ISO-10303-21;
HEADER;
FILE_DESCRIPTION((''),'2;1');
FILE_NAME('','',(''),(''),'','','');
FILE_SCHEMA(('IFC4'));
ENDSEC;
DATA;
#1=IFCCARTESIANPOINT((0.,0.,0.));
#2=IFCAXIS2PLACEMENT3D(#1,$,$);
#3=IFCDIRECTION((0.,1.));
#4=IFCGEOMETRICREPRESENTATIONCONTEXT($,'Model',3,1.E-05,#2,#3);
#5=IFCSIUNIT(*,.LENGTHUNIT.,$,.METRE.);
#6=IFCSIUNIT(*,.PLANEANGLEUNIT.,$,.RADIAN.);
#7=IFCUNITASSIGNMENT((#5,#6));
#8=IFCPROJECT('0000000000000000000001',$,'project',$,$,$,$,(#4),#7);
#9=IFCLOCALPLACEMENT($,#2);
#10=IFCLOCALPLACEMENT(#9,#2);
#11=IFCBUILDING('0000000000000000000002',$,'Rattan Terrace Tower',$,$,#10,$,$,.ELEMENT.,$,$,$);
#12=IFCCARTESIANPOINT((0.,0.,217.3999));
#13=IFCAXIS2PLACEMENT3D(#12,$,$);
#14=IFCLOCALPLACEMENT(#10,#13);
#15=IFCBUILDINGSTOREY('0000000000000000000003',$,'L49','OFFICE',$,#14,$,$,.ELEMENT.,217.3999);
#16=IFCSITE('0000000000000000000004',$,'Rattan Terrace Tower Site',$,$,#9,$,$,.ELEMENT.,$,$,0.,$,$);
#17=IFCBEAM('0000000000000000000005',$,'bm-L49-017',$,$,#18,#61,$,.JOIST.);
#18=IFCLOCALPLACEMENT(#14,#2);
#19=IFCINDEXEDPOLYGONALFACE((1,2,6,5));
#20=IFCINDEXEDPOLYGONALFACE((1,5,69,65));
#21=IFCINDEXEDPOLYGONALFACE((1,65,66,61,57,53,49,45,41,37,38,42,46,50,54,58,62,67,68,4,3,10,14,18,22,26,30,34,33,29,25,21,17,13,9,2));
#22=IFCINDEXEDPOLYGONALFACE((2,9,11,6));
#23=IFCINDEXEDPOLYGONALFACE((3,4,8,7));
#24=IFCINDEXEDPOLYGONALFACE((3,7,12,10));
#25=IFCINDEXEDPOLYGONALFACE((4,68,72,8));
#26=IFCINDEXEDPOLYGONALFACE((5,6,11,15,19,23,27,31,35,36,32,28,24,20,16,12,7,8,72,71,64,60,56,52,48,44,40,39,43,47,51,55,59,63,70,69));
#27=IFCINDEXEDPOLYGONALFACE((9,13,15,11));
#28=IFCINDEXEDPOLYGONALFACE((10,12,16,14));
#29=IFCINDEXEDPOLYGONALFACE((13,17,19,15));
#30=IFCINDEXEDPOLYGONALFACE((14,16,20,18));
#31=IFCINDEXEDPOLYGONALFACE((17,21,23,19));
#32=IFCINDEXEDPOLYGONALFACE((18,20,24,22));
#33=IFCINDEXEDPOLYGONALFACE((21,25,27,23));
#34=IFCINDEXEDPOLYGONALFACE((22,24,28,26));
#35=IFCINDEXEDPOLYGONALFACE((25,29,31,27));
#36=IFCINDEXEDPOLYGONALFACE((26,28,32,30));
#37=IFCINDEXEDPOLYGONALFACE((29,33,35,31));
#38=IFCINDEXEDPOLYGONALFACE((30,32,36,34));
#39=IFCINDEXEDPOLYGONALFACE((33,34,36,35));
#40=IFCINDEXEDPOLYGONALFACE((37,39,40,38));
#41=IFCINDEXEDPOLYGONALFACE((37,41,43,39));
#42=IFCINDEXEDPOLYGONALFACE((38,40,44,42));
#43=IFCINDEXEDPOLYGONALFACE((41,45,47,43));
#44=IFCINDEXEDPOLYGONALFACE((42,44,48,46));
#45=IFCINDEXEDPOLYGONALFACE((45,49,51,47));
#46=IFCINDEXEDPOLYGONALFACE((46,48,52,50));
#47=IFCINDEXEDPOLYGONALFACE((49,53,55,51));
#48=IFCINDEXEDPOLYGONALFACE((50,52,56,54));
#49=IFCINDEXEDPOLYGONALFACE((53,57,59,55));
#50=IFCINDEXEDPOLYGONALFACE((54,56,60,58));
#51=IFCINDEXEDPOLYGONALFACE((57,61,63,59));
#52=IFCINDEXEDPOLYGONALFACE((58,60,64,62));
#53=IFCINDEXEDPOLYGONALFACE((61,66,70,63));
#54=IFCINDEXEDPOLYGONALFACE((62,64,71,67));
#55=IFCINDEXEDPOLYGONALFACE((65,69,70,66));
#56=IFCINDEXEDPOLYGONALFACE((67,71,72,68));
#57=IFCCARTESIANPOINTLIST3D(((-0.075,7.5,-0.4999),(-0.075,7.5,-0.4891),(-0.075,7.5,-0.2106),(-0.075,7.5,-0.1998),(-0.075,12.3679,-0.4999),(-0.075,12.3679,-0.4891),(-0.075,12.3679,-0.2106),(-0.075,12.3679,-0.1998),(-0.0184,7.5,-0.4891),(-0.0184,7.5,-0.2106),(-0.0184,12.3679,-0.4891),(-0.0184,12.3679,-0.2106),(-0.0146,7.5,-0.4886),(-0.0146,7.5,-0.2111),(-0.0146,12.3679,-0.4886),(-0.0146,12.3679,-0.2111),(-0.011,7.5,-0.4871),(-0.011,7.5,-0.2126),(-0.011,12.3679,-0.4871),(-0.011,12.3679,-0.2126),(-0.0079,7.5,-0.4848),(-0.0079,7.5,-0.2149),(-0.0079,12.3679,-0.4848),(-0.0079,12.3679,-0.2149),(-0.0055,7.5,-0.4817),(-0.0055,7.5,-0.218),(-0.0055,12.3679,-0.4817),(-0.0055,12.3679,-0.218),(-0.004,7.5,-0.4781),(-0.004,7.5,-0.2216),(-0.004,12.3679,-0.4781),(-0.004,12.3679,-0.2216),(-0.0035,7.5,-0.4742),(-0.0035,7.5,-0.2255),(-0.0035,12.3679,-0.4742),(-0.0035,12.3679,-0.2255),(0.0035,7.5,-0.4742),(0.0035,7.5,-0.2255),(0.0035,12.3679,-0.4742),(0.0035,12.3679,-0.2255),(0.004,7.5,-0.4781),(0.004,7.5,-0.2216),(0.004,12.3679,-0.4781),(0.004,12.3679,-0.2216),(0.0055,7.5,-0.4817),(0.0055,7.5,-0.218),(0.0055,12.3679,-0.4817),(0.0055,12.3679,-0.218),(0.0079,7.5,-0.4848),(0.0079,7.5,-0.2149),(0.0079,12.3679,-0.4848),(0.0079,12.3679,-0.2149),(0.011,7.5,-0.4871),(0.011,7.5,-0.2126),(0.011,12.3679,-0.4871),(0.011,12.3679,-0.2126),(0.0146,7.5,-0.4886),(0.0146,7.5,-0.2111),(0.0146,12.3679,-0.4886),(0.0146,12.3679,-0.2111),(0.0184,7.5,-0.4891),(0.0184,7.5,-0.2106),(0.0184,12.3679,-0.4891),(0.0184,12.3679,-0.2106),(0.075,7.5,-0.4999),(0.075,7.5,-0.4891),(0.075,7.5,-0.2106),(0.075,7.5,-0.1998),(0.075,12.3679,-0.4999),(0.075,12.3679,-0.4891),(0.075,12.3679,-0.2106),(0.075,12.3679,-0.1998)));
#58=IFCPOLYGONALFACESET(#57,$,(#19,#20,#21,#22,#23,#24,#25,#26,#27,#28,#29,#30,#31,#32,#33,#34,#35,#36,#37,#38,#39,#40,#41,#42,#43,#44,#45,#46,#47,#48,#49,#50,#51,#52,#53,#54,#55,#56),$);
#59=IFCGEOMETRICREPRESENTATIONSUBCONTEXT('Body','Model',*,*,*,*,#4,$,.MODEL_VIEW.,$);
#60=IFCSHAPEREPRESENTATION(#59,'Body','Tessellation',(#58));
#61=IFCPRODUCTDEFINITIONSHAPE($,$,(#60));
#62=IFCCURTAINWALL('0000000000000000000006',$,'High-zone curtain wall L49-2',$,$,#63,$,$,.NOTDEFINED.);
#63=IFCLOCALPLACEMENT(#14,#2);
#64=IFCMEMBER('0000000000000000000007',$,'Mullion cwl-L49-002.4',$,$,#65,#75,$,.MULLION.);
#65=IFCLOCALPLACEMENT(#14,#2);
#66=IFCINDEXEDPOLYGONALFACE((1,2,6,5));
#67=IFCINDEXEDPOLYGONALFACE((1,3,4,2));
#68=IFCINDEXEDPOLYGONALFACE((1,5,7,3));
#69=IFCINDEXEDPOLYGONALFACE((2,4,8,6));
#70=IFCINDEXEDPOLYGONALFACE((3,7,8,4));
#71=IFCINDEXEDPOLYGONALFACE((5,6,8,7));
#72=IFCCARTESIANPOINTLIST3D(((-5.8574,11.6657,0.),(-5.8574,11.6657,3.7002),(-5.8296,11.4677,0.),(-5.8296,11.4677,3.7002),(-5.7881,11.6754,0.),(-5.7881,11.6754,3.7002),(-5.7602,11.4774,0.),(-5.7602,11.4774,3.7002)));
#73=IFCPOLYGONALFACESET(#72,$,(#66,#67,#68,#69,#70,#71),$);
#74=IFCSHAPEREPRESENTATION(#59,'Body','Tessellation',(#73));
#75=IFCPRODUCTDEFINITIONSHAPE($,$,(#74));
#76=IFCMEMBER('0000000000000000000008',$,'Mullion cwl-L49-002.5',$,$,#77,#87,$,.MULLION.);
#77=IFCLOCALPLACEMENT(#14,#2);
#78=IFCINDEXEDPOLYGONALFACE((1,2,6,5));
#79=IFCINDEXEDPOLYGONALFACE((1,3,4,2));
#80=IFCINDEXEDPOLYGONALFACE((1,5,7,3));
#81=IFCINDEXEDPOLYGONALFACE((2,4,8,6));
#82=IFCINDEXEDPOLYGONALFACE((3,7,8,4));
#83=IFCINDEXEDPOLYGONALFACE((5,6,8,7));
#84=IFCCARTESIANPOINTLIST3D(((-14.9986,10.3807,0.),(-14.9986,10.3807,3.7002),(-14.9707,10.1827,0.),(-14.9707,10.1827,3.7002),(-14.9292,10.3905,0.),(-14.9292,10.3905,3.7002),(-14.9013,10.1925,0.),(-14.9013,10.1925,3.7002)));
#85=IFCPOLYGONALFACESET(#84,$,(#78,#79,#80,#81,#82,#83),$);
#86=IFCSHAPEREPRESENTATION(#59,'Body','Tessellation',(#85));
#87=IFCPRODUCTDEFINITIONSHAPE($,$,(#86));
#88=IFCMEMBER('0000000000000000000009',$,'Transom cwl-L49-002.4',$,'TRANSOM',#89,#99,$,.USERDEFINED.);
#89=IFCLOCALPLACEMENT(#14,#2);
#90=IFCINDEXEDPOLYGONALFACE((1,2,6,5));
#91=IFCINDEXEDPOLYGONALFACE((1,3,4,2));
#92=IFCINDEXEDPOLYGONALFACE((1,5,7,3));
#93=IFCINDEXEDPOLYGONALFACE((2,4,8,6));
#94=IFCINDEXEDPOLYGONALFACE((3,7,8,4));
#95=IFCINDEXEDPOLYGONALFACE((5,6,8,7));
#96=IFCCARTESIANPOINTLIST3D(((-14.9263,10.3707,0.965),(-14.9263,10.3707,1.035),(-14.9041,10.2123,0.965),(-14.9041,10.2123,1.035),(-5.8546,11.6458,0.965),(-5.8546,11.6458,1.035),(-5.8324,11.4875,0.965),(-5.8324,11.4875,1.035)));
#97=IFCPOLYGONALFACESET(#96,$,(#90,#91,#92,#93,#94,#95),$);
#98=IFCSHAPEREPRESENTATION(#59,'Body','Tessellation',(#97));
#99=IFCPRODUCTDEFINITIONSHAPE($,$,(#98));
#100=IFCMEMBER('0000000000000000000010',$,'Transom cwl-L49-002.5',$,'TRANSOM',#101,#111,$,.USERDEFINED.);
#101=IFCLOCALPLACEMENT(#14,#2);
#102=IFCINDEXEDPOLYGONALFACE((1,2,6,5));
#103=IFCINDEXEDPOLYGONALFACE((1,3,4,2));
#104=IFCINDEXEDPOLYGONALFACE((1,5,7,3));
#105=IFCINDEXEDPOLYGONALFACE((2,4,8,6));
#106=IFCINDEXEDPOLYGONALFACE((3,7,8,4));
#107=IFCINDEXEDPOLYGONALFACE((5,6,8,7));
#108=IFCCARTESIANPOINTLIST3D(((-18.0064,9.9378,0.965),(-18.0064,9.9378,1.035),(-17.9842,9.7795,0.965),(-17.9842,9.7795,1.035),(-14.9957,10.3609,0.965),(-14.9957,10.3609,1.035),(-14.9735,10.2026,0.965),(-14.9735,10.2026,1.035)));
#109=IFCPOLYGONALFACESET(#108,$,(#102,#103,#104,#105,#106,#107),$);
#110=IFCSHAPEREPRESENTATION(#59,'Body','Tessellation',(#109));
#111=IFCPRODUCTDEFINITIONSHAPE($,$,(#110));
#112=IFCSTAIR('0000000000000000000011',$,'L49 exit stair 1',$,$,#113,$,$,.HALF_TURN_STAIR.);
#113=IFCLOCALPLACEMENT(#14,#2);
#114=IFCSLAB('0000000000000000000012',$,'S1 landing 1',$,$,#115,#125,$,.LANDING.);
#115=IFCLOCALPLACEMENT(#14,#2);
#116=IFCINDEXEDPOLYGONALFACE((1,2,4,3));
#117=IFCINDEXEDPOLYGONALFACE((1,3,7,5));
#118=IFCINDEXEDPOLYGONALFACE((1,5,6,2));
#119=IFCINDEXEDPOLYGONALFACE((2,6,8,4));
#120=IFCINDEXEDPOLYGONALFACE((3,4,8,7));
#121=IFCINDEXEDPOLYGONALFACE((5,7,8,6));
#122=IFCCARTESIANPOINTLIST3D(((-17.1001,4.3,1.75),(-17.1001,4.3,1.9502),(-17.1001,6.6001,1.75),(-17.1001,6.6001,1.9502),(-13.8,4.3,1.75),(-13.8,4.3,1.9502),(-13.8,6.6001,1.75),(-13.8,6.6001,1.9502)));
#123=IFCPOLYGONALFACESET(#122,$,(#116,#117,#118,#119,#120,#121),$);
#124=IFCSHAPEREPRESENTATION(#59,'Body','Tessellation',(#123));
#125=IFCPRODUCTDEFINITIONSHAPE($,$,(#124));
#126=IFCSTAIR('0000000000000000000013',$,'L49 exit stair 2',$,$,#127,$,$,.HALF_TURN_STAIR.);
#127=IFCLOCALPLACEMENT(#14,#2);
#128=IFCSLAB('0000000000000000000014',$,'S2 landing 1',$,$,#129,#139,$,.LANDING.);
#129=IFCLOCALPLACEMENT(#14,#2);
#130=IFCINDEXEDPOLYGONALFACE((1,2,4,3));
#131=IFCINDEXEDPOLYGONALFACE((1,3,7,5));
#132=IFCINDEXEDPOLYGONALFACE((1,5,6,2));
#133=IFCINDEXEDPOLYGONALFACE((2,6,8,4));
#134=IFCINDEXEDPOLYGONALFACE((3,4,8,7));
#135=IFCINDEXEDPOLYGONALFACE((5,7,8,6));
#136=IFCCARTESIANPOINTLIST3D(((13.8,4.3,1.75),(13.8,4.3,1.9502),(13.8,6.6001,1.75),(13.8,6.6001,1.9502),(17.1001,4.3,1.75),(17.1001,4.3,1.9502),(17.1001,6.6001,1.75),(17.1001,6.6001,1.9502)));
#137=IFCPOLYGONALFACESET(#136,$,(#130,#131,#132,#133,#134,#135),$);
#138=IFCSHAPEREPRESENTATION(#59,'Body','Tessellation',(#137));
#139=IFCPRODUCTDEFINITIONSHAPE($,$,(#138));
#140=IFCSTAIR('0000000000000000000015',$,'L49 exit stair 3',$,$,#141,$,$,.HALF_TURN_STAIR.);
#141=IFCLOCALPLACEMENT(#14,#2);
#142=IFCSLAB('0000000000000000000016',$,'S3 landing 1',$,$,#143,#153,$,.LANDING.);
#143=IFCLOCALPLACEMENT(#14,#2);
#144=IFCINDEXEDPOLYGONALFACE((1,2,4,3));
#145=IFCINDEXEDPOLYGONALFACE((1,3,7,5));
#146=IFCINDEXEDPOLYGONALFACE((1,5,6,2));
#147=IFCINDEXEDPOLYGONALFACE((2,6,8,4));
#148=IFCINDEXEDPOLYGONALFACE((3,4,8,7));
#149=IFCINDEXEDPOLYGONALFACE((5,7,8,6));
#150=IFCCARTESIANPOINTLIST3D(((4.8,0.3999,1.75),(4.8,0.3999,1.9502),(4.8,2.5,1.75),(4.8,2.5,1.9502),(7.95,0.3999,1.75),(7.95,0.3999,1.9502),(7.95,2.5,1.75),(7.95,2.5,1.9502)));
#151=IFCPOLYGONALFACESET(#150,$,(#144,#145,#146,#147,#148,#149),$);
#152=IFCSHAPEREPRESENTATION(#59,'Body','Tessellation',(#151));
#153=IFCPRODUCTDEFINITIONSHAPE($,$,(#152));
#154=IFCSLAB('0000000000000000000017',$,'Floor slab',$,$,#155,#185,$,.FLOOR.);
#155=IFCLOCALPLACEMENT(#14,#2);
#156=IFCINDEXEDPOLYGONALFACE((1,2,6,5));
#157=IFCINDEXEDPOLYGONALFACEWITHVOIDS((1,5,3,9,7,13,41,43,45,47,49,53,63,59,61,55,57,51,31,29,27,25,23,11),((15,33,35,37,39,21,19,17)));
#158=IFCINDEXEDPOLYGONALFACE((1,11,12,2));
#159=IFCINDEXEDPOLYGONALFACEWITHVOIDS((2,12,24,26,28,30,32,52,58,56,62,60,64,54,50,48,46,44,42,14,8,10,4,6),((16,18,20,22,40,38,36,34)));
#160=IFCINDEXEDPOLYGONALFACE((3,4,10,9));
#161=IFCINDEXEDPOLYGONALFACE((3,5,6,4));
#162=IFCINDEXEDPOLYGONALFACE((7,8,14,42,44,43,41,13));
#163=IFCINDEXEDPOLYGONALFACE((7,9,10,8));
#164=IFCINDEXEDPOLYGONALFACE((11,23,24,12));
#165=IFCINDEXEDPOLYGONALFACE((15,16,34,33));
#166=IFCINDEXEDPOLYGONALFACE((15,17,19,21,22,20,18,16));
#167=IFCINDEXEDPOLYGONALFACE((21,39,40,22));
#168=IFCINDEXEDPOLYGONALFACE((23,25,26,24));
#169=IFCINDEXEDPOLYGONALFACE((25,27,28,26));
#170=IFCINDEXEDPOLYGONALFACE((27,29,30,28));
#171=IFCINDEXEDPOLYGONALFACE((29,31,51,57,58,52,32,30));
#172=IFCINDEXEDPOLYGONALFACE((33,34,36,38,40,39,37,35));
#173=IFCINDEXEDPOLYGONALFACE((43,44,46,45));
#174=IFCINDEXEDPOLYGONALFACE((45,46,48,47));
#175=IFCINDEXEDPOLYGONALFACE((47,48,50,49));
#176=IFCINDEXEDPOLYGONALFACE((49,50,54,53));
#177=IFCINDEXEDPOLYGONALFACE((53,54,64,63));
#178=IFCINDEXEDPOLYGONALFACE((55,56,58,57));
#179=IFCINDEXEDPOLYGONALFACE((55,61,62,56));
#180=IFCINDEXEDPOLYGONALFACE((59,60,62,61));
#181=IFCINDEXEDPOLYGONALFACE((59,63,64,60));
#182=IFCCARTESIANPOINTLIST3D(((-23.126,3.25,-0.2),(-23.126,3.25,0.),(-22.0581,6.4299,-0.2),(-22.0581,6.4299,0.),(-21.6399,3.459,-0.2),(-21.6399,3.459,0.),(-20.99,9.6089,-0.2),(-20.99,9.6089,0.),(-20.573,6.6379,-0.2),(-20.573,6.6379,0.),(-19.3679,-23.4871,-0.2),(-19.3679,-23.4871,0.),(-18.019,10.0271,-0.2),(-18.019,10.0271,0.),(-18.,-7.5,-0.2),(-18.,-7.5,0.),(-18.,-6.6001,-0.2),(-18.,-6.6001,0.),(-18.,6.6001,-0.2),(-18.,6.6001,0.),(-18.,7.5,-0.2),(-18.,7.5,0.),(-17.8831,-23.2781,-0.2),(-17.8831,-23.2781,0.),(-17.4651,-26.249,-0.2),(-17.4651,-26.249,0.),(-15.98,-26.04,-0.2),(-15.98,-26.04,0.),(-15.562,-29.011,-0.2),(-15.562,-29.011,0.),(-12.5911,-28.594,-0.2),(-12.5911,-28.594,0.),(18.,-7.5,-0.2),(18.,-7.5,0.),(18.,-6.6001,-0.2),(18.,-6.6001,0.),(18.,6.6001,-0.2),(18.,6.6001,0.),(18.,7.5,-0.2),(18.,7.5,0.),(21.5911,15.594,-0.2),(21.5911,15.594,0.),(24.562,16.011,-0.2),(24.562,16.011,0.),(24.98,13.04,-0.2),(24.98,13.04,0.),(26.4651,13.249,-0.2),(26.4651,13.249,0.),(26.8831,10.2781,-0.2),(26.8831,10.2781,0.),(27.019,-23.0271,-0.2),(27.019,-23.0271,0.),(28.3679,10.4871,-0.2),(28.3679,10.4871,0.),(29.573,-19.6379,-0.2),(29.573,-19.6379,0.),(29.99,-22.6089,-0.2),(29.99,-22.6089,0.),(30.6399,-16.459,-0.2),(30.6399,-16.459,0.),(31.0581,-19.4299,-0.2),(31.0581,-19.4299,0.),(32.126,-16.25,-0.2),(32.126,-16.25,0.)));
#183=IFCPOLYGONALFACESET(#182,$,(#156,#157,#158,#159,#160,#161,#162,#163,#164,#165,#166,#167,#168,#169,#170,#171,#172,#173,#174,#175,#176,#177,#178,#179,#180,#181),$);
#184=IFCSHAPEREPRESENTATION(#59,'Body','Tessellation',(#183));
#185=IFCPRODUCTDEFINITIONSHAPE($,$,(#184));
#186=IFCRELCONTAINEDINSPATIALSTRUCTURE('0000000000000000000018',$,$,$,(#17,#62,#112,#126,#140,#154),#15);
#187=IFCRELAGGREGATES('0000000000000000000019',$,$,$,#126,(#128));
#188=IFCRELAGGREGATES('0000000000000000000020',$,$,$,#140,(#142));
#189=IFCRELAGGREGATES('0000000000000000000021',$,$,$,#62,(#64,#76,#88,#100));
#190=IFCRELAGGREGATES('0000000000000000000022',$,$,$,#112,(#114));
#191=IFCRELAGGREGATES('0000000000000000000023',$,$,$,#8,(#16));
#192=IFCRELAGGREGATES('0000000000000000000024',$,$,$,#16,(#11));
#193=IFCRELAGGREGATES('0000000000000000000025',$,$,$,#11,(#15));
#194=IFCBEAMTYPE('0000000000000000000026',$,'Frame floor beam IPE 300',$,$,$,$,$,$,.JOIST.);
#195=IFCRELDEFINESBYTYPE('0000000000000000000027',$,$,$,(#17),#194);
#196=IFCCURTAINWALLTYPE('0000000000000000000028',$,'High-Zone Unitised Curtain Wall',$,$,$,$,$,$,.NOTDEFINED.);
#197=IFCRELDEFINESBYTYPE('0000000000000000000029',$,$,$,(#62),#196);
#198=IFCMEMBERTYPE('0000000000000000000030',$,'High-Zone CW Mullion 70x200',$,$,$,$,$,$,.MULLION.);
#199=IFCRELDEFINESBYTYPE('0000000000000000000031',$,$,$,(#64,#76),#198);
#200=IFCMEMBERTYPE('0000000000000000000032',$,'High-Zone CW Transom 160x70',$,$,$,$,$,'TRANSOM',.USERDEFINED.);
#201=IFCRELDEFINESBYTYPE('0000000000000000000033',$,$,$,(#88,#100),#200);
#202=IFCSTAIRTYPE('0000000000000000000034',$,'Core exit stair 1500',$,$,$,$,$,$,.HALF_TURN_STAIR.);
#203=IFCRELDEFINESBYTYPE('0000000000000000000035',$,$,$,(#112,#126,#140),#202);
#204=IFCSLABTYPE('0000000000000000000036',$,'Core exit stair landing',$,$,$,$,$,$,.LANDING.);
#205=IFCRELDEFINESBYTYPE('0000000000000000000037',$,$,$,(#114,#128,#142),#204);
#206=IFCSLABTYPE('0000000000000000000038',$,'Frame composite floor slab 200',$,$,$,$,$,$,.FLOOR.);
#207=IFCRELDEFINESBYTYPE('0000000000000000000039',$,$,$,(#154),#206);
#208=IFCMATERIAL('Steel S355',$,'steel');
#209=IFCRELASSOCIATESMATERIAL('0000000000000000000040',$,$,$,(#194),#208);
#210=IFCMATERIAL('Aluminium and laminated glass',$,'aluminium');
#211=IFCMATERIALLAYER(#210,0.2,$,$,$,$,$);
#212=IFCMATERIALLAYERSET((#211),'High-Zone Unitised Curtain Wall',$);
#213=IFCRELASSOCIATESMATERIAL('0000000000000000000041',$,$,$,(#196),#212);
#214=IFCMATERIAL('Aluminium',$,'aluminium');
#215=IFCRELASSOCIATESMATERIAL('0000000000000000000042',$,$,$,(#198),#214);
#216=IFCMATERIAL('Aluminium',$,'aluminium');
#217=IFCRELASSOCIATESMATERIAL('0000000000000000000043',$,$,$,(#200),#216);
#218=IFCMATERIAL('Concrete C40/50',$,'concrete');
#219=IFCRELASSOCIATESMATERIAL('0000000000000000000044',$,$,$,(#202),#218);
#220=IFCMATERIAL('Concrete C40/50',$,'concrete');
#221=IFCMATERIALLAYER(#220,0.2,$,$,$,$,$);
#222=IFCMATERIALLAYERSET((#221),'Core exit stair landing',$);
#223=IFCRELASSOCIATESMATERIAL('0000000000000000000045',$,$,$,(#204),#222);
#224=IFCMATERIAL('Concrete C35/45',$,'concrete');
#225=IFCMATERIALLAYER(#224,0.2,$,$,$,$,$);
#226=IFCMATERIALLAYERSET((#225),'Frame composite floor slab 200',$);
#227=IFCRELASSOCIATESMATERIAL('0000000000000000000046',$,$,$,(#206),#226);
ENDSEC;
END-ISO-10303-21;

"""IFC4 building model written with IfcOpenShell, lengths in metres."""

from ifc_helpers import new_model, si_unit, direction, frame, origin, origin_2d, place, context, subcontext, project, spatial, polyline, rectangle, i_section, outline, extrude, material, layer, layer_set, material_profile, profile_set, type_object, element, aggregate, save


model = new_model("IFC4")

# Units and contexts
model_context = context("Model", 3, precision=1e-05, world=origin(), true_north=direction((0.0, 1.0)))
body_context = subcontext(model_context, "Body", "Model", "MODEL_VIEW")
ifc_project = project(units=[si_unit("LENGTHUNIT", "METRE"), si_unit("PLANEANGLEUNIT", "RADIAN")], contexts=[model_context])

# Site, building, storey
site_placement = place(None, origin())
site = spatial("IfcSite", under=ifc_project, at=site_placement, Name="Rattan Terrace Tower Site", CompositionType="ELEMENT", RefElevation=0.0)
building_placement = place(site_placement, origin())
building = spatial("IfcBuilding", under=site, at=building_placement, Name="Rattan Terrace Tower", CompositionType="ELEMENT")
storey_placement = place(building_placement, frame((0.0, 0.0, 217.3999)))
storey = spatial("IfcBuildingStorey", under=building, at=storey_placement, Name="L49", Description="OFFICE", CompositionType="ELEMENT", Elevation=217.3999)

# Beam
ifc_material_1 = material(Name="Steel S355", Category="steel")
ifc_material_profile_1 = material_profile(ifc_material_1, i_section(OverallWidth=0.1499, OverallDepth=0.3, WebThickness=0.0071, FlangeThickness=0.0107, FilletRadius=0.0149, at=origin_2d()), Name="IPE 300")
ifc_profile_set_1 = profile_set([ifc_material_profile_1], Name="Steel S355")
beam_type = type_object("IfcBeamType", Name="Frame floor beam IPE 300", PredefinedType="JOIST", material=ifc_profile_set_1)
beam_1_placement = place(storey_placement, frame((0.0, 7.5, -0.3499), z_axis=(0.0, 1.0, 0.0), x_axis=(-1.0, 0.0, 0.0)))
element("IfcBeam", 1, at=beam_1_placement, inside=storey, type_object=beam_type, Name="bm-L49-017", PredefinedType="JOIST", context=body_context, shape_type="SweptSolid", body=[
    extrude(i_section(OverallWidth=0.1499, OverallDepth=0.3, WebThickness=0.0071, FlangeThickness=0.0107, FilletRadius=0.0149, at=origin_2d()), origin(), (0.0, 0.0, 1.0), 4.8679),
])

# Curtain wall, members
ifc_material_2 = material(Name="Aluminium and laminated glass", Category="aluminium")
ifc_layer_1 = layer(ifc_material_2, 0.2)
ifc_layer_set_1 = layer_set([ifc_layer_1], Name="High-Zone Unitised Curtain Wall")
curtain_wall_type = type_object("IfcCurtainWallType", Name="High-Zone Unitised Curtain Wall", PredefinedType="NOTDEFINED", material=ifc_layer_set_1)
curtain_wall_placement = place(storey_placement, origin())
curtain_wall = element("IfcCurtainWall", 2, at=curtain_wall_placement, inside=storey, type_object=curtain_wall_type, Name="High-zone curtain wall L49-2", PredefinedType="NOTDEFINED")
ifc_material_3 = material(Name="Aluminium", Category="aluminium")
ifc_material_profile_2 = material_profile(ifc_material_3, rectangle(XDim=0.0701, YDim=0.2, at=origin_2d()), Name="Aluminium 70x200")
ifc_profile_set_2 = profile_set([ifc_material_profile_2], Name="Aluminium")
member_type_1 = type_object("IfcMemberType", Name="High-Zone CW Mullion 70x200", PredefinedType="MULLION", material=ifc_profile_set_2)
member_1_placement = place(storey_placement, frame((-5.8088, 11.5715, 0.0), z_axis=(0.0, 0.0, 1.0), x_axis=(-0.990267, -0.139177, 0.0)))
member_1 = element("IfcMember", 3, at=member_1_placement, type_object=member_type_1, Name="Mullion cwl-L49-002.4", PredefinedType="MULLION", context=body_context, shape_type="SweptSolid", body=[
    extrude(rectangle(XDim=0.0701, YDim=0.2, at=origin_2d()), origin(), (0.0, 0.0, 1.0), 3.7002),
])
member_2_placement = place(storey_placement, frame((-14.95, 10.2866, 0.0), z_axis=(0.0, 0.0, 1.0), x_axis=(-0.990267, -0.139177, 0.0)))
member_2 = element("IfcMember", 4, at=member_2_placement, type_object=member_type_1, Name="Mullion cwl-L49-002.5", PredefinedType="MULLION", context=body_context, shape_type="SweptSolid", body=[
    extrude(rectangle(XDim=0.0701, YDim=0.2, at=origin_2d()), origin(), (0.0, 0.0, 1.0), 3.7002),
])
ifc_material_4 = material(Name="Aluminium", Category="aluminium")
ifc_material_profile_3 = material_profile(ifc_material_4, rectangle(XDim=0.1599, YDim=0.0701, at=origin_2d()), Name="Aluminium 160x70")
ifc_profile_set_3 = profile_set([ifc_material_profile_3], Name="Aluminium")
member_type_2 = type_object("IfcMemberType", Name="High-Zone CW Transom 160x70", ElementType="TRANSOM", PredefinedType="USERDEFINED", material=ifc_profile_set_3)
member_3_placement = place(storey_placement, frame((-5.8435, 11.5667, 1.0), z_axis=(-0.990265, -0.139194, 0.0), x_axis=(0.139194, -0.990265, 0.0)))
member_3 = element("IfcMember", 5, at=member_3_placement, type_object=member_type_2, Name="Transom cwl-L49-002.4", ObjectType="TRANSOM", PredefinedType="USERDEFINED", context=body_context, shape_type="SweptSolid", body=[
    extrude(rectangle(XDim=0.1599, YDim=0.0701, at=origin_2d()), origin(), (0.0, 0.0, 1.0), 9.1609),
])
member_4_placement = place(storey_placement, frame((-14.9846, 10.2817, 1.0), z_axis=(-0.99027, -0.139161, 0.0), x_axis=(0.139161, -0.99027, 0.0)))
member_4 = element("IfcMember", 6, at=member_4_placement, type_object=member_type_2, Name="Transom cwl-L49-002.5", ObjectType="TRANSOM", PredefinedType="USERDEFINED", context=body_context, shape_type="SweptSolid", body=[
    extrude(rectangle(XDim=0.1599, YDim=0.0701, at=origin_2d()), origin(), (0.0, 0.0, 1.0), 3.0403),
])

# Stairs, slabs
ifc_material_5 = material(Name="Concrete C40/50", Category="concrete")
stair_type = type_object("IfcStairType", Name="Core exit stair 1500", PredefinedType="HALF_TURN_STAIR", material=ifc_material_5)
stair_1_placement = place(storey_placement, origin())
stair_1 = element("IfcStair", 7, at=stair_1_placement, inside=storey, type_object=stair_type, Name="L49 exit stair 1", PredefinedType="HALF_TURN_STAIR")
ifc_material_6 = material(Name="Concrete C40/50", Category="concrete")
ifc_layer_2 = layer(ifc_material_6, 0.2)
ifc_layer_set_2 = layer_set([ifc_layer_2], Name="Core exit stair landing")
slab_type_1 = type_object("IfcSlabType", Name="Core exit stair landing", PredefinedType="LANDING", material=ifc_layer_set_2)
slab_1_placement = place(storey_placement, frame((0.0, 0.0, 1.75)))
slab_1 = element("IfcSlab", 8, at=slab_1_placement, type_object=slab_type_1, Name="S1 landing 1", PredefinedType="LANDING", context=body_context, shape_type="SweptSolid", body=[
    extrude(outline(polyline([(-13.8, 4.3), (-13.8, 6.6001), (-17.1001, 6.6001), (-17.1001, 4.3), (-13.8, 4.3)])), origin(), (0.0, 0.0, 1.0), 0.2002),
])
stair_2_placement = place(storey_placement, origin())
stair_2 = element("IfcStair", 9, at=stair_2_placement, inside=storey, type_object=stair_type, Name="L49 exit stair 2", PredefinedType="HALF_TURN_STAIR")
slab_2_placement = place(storey_placement, frame((0.0, 0.0, 1.75)))
slab_2 = element("IfcSlab", 10, at=slab_2_placement, type_object=slab_type_1, Name="S2 landing 1", PredefinedType="LANDING", context=body_context, shape_type="SweptSolid", body=[
    extrude(outline(polyline([(17.1001, 4.3), (17.1001, 6.6001), (13.8, 6.6001), (13.8, 4.3), (17.1001, 4.3)])), origin(), (0.0, 0.0, 1.0), 0.2002),
])
aggregate(stair_2, [slab_2])
stair_3_placement = place(storey_placement, origin())
stair_3 = element("IfcStair", 11, at=stair_3_placement, inside=storey, type_object=stair_type, Name="L49 exit stair 3", PredefinedType="HALF_TURN_STAIR")
slab_3_placement = place(storey_placement, frame((0.0, 0.0, 1.75)))
slab_3 = element("IfcSlab", 12, at=slab_3_placement, type_object=slab_type_1, Name="S3 landing 1", PredefinedType="LANDING", context=body_context, shape_type="SweptSolid", body=[
    extrude(outline(polyline([(4.8, 2.5), (4.8, 0.3999), (7.95, 0.3999), (7.95, 2.5), (4.8, 2.5)])), origin(), (0.0, 0.0, 1.0), 0.2002),
])
aggregate(stair_3, [slab_3])

# Slab
ifc_material_7 = material(Name="Concrete C35/45", Category="concrete")
ifc_layer_3 = layer(ifc_material_7, 0.2)
ifc_layer_set_3 = layer_set([ifc_layer_3], Name="Frame composite floor slab 200")
slab_type_2 = type_object("IfcSlabType", Name="Frame composite floor slab 200", PredefinedType="FLOOR", material=ifc_layer_set_3)
slab_4_placement = place(storey_placement, frame((0.0, 0.0, -0.2)))
element("IfcSlab", 13, at=slab_4_placement, inside=storey, type_object=slab_type_2, Name="Floor slab", PredefinedType="FLOOR", context=body_context, shape_type="SweptSolid", body=[
    extrude(outline(polyline([(-12.5911, -28.594), (27.019, -23.0271), (29.99, -22.6089), (29.573, -19.6379), (31.0581, -19.4299), (30.6399, -16.459), (32.126, -16.25), (28.3679, 10.4871), (26.8831, 10.2781), (26.4651, 13.249), (24.98, 13.04), (24.562, 16.011), (21.5911, 15.594), (-18.019, 10.0271), (-20.99, 9.6089), (-20.573, 6.6379), (-22.0581, 6.4299), (-21.6399, 3.459), (-23.126, 3.25), (-19.3679, -23.4871), (-17.8831, -23.2781), (-17.4651, -26.249), (-15.98, -26.04), (-15.562, -29.011), (-12.5911, -28.594)]), holes=[polyline([(-18.0, -7.5), (18.0, -7.5), (18.0, -6.6001), (18.0, 6.6001), (18.0, 7.5), (-18.0, 7.5), (-18.0, 6.6001), (-18.0, -6.6001), (-18.0, -7.5)])]), origin(), (0.0, 0.0, 1.0), 0.2),
])

aggregate(curtain_wall, [member_1, member_2, member_3, member_4])

aggregate(stair_1, [slab_1])

save(model, "model.ifc")
